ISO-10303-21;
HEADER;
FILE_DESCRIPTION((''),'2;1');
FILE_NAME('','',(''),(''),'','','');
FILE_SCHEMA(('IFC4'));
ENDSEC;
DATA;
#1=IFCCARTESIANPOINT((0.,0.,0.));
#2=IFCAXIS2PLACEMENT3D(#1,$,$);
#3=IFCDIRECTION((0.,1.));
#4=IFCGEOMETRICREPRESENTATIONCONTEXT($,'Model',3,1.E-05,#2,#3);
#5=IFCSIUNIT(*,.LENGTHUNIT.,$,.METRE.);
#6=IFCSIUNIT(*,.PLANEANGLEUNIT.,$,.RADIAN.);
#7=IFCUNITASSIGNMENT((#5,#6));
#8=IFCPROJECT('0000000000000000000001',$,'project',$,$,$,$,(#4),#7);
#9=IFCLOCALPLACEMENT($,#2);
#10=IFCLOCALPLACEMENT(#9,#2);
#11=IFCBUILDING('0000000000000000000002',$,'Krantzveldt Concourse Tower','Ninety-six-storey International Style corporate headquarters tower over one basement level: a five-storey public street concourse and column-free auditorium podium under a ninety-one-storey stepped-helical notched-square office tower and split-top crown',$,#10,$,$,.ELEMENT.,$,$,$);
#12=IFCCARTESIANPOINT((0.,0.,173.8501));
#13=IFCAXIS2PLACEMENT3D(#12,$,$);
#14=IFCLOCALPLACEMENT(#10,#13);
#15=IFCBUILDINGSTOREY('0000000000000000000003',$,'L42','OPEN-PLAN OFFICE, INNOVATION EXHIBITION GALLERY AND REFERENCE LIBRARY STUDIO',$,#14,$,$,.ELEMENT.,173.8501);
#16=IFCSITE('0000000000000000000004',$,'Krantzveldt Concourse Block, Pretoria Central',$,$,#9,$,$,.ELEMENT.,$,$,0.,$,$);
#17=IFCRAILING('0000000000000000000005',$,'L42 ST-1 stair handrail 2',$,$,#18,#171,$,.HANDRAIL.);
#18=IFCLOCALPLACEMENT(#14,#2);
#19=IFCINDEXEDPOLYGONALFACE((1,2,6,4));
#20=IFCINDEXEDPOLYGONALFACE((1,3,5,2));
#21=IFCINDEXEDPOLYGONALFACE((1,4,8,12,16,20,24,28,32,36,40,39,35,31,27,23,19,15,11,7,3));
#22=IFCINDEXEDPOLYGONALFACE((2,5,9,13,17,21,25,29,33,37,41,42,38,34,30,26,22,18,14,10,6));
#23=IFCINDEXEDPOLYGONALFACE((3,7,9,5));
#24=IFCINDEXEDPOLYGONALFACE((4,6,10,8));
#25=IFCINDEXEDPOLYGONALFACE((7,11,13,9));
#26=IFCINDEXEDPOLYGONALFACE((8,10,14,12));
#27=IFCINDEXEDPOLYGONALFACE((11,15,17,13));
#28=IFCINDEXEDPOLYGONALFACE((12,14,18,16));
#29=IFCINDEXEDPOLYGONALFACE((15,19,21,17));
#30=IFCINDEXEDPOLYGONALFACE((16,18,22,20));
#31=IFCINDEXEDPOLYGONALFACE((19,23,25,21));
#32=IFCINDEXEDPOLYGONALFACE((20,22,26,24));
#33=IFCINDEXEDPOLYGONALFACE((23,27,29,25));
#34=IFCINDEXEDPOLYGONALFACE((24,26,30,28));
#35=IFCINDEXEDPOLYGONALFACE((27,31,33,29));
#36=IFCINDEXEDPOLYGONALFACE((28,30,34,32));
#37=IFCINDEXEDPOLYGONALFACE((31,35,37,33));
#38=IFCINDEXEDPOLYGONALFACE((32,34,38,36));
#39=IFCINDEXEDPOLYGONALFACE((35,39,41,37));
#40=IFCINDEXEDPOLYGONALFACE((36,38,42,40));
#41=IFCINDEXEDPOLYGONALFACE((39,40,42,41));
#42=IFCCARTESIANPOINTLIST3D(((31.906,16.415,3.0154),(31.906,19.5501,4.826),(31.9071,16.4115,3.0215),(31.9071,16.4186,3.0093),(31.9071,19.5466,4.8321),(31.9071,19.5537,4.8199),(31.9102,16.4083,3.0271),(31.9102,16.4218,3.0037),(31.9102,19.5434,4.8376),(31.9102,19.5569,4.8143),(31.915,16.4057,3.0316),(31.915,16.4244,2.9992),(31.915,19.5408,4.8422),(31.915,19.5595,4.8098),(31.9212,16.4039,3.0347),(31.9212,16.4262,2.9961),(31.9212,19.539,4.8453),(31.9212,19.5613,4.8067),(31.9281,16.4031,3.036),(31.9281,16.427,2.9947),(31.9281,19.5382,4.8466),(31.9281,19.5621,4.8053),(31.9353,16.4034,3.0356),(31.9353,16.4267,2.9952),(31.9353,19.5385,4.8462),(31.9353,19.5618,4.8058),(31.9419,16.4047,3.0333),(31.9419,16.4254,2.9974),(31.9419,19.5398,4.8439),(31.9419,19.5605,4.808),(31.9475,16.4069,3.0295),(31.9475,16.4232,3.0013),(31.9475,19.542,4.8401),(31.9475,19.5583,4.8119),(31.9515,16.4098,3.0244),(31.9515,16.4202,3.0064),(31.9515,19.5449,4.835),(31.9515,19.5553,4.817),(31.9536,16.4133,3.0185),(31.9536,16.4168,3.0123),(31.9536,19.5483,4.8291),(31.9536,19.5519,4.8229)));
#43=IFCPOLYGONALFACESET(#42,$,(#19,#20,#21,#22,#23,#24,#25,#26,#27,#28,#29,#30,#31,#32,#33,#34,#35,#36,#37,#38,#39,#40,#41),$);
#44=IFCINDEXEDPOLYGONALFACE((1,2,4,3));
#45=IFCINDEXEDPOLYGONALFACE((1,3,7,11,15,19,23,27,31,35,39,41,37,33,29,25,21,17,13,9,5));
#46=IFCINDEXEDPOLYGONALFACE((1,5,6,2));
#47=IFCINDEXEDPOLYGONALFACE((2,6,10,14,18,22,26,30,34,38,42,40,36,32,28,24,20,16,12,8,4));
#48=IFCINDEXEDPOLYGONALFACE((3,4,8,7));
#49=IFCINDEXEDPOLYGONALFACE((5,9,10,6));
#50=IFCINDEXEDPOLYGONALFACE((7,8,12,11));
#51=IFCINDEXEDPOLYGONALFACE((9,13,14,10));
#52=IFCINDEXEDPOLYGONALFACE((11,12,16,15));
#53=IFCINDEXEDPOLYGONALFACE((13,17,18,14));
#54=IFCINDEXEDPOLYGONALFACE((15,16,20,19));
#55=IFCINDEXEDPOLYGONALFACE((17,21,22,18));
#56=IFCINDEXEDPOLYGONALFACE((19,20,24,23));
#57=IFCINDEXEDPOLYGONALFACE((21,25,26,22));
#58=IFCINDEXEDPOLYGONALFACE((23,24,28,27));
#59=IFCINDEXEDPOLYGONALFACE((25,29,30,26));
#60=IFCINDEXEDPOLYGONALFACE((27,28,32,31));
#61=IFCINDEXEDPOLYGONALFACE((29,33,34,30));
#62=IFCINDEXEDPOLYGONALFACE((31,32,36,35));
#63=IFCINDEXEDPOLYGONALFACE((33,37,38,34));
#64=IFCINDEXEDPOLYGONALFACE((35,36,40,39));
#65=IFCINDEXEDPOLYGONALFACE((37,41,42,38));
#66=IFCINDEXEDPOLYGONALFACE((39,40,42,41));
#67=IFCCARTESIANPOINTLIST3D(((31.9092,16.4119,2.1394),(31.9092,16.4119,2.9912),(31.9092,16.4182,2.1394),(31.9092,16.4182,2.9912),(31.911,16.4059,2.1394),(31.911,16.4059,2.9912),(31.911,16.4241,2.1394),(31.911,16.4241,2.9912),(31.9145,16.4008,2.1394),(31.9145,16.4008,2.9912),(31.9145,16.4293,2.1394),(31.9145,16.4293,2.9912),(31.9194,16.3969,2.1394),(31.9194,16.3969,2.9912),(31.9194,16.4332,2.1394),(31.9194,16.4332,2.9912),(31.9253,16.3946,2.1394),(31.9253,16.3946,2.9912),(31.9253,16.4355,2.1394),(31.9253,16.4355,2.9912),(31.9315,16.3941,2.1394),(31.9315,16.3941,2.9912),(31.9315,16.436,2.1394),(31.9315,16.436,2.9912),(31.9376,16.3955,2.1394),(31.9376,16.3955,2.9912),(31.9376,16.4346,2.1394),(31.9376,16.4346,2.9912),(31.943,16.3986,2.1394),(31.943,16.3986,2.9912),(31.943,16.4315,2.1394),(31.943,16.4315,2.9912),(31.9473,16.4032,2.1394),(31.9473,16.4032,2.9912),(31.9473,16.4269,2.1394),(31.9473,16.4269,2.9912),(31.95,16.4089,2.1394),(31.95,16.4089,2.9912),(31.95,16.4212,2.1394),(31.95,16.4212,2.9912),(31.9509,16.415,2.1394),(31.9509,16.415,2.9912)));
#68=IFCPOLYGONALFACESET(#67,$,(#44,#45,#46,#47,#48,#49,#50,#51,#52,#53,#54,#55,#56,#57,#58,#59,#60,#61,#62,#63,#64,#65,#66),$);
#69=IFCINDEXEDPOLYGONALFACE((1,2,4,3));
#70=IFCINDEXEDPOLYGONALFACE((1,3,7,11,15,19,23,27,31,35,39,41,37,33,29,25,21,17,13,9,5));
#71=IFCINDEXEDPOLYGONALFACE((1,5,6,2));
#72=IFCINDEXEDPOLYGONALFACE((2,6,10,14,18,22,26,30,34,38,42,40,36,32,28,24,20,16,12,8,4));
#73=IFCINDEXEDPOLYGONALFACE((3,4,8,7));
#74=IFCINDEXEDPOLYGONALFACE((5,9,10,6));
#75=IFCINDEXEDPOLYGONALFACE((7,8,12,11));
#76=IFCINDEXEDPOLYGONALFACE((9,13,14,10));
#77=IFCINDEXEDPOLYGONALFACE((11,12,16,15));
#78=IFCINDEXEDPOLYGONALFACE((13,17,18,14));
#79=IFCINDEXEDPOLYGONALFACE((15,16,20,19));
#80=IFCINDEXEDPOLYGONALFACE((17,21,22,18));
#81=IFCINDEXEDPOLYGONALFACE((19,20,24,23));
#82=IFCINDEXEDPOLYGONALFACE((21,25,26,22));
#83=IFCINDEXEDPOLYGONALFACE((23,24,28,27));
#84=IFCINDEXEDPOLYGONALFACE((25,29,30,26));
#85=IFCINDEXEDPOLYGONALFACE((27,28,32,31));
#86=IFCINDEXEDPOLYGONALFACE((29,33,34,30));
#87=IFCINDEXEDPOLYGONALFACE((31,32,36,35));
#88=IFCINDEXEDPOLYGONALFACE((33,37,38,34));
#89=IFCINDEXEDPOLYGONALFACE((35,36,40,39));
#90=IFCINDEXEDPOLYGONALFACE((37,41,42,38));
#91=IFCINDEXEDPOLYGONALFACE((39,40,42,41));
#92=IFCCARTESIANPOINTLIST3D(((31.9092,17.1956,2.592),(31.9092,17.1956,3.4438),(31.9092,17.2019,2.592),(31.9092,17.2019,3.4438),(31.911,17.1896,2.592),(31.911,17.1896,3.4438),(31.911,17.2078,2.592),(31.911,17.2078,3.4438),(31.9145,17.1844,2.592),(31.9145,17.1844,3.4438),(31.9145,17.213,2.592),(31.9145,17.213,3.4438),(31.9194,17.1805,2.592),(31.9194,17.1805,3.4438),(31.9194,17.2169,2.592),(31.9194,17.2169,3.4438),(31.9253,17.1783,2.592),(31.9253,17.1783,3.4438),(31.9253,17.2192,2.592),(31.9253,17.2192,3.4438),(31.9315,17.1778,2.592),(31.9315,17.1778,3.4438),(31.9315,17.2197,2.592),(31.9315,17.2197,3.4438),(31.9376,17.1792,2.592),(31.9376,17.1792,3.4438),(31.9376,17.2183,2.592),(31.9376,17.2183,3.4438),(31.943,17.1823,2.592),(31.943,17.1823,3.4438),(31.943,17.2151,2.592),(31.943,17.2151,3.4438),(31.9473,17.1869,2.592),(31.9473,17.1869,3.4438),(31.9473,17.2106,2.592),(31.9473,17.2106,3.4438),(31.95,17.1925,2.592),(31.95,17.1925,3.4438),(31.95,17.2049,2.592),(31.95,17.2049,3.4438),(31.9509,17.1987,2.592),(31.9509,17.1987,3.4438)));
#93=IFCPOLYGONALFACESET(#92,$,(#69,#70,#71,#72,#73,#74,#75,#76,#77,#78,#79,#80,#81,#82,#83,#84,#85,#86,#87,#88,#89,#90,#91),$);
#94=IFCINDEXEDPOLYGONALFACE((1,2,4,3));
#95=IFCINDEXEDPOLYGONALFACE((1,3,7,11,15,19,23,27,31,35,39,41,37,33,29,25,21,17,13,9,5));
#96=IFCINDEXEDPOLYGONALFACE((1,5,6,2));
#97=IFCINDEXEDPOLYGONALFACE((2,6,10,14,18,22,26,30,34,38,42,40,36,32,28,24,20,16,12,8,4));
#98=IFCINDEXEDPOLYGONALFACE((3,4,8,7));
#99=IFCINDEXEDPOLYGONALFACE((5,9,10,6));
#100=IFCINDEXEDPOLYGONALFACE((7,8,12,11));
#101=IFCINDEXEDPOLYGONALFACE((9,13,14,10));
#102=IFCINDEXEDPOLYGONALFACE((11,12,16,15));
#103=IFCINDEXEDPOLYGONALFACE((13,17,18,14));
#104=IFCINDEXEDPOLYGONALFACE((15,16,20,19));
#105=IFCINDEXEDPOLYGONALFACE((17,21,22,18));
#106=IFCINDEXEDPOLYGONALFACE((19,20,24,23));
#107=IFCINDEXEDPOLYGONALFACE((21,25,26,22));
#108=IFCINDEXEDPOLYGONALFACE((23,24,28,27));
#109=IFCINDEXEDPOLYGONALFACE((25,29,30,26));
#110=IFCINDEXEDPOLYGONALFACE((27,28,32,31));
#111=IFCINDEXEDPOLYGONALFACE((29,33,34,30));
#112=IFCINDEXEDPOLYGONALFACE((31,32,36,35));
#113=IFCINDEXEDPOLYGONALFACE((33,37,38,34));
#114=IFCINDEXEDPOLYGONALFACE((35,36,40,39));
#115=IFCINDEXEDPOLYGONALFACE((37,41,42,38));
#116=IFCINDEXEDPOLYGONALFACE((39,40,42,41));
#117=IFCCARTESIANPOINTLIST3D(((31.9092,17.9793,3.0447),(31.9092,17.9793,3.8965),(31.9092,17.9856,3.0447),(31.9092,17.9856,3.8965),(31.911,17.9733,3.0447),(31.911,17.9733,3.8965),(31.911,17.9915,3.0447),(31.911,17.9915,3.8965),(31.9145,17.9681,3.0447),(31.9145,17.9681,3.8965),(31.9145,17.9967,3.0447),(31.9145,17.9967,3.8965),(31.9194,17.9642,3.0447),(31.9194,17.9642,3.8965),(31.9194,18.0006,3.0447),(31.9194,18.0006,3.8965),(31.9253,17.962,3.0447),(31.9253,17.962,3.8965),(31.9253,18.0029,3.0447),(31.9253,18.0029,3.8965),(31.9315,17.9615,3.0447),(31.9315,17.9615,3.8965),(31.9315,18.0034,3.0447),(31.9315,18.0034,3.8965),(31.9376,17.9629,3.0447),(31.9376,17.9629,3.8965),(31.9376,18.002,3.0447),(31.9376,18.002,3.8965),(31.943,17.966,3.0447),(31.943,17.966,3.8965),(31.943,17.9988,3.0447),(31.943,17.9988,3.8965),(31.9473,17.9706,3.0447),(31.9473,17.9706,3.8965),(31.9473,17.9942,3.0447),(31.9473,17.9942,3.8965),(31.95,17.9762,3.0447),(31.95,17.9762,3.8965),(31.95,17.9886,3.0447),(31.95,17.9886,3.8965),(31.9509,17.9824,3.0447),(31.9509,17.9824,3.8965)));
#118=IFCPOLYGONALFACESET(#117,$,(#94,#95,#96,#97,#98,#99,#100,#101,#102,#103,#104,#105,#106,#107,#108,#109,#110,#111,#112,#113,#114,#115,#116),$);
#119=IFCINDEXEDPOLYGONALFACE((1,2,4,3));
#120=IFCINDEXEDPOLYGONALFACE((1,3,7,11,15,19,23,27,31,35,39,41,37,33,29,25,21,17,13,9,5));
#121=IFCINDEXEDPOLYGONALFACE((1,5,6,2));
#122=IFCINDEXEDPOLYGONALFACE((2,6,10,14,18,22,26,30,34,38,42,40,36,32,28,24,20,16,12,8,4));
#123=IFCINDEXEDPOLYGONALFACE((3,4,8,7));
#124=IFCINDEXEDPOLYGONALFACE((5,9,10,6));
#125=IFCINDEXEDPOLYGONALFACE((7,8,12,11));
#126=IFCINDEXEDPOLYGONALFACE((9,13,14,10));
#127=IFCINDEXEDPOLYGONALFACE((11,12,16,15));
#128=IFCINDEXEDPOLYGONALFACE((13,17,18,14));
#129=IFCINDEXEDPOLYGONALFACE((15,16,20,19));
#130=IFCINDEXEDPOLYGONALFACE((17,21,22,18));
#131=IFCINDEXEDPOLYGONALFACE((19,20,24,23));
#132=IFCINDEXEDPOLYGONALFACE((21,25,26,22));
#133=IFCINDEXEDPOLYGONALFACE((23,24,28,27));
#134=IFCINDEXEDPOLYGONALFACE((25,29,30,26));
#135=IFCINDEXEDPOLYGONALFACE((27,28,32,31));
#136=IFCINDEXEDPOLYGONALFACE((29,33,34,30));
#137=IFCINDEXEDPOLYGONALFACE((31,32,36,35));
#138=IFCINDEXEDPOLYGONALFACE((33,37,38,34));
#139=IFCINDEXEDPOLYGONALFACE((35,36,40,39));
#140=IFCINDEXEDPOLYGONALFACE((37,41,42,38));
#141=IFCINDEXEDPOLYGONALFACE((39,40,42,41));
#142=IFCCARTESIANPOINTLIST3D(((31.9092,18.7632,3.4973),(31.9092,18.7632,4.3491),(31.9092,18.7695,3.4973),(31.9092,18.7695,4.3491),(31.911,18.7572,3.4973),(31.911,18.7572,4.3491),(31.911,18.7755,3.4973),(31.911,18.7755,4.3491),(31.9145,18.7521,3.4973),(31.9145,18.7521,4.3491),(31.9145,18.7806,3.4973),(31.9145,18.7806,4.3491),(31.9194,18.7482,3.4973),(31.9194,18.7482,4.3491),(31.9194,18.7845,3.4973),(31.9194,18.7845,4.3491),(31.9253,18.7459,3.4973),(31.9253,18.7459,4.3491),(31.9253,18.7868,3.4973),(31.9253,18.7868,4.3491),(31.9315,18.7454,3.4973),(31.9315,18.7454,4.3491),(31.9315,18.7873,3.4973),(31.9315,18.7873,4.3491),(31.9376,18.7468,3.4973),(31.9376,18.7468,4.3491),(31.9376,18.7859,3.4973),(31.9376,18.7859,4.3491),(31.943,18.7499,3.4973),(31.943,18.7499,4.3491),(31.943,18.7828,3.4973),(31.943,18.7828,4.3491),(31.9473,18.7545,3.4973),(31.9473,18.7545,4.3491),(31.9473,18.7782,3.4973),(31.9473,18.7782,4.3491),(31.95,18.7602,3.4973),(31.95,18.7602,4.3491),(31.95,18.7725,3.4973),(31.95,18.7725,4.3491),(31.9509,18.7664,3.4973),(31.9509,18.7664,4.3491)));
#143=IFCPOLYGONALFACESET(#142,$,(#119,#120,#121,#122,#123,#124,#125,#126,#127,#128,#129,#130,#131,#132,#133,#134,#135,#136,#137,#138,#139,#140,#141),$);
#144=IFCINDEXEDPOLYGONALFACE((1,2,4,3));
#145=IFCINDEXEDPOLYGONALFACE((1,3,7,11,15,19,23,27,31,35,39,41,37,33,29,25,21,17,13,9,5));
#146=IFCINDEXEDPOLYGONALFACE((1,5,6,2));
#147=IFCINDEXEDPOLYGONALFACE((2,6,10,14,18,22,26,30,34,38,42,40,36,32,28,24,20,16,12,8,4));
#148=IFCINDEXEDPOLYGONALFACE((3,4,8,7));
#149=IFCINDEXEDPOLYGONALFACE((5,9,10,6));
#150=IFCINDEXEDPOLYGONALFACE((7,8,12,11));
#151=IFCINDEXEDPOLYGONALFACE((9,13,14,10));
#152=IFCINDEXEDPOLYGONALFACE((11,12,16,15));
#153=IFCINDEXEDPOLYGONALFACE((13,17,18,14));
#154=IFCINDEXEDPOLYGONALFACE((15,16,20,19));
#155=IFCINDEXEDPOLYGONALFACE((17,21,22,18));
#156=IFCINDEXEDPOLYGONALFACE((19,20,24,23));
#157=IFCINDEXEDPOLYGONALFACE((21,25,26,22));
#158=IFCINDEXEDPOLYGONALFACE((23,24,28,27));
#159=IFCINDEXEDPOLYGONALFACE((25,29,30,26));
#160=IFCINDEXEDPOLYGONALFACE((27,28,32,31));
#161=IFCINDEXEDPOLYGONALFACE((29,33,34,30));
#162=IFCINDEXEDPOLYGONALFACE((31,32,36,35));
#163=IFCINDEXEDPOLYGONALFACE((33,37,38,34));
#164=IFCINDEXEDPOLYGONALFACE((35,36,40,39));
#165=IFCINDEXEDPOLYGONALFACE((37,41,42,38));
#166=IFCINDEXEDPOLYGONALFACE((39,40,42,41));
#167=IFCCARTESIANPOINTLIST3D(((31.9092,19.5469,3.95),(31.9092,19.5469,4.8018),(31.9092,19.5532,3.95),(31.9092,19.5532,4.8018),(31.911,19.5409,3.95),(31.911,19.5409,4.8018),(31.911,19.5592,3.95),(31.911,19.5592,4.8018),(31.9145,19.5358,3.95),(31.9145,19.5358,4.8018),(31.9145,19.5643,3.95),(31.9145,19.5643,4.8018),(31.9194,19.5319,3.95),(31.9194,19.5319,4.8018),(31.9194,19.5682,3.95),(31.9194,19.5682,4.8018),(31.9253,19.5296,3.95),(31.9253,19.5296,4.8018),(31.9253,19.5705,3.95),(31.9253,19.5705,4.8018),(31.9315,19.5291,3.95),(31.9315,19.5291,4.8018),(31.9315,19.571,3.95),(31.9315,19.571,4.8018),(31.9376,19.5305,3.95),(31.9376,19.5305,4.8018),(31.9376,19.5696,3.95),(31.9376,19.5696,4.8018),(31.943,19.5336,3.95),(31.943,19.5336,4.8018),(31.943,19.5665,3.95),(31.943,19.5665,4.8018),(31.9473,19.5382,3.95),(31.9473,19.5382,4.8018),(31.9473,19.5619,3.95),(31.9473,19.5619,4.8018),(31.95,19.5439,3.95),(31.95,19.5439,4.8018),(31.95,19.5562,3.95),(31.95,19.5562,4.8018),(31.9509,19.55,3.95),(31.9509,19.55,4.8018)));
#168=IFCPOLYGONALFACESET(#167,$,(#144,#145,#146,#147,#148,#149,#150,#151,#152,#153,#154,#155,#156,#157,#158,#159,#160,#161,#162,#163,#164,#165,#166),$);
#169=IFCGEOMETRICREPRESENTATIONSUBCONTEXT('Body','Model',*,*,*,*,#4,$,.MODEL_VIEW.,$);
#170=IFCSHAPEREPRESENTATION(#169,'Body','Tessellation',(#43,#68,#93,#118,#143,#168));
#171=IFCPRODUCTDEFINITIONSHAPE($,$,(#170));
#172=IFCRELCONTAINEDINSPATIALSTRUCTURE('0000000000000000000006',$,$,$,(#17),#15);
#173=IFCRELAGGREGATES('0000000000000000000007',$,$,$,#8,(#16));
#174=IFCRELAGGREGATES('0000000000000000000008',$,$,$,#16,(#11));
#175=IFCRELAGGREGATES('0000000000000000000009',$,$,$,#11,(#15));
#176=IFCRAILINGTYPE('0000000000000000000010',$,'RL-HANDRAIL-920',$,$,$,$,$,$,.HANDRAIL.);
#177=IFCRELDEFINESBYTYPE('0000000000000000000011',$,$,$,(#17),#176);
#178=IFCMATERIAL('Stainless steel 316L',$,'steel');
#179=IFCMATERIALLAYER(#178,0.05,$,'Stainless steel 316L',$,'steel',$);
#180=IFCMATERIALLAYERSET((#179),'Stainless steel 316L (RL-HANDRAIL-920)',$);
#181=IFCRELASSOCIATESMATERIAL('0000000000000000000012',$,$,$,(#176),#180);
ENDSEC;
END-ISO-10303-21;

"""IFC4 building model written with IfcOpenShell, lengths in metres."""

from ifc_helpers import new_model, si_unit, direction, frame, origin, origin_2d, place, context, subcontext, project, spatial, circle, extrude, material, layer, layer_set, type_object, element, save


model = new_model("IFC4")

# Units and contexts
model_context = context("Model", 3, precision=1e-05, world=origin(), true_north=direction((0.0, 1.0)))
body_context = subcontext(model_context, "Body", "Model", "MODEL_VIEW")
ifc_project = project(units=[si_unit("LENGTHUNIT", "METRE"), si_unit("PLANEANGLEUNIT", "RADIAN")], contexts=[model_context])

# Site, building, storey
site_placement = place(None, origin())
site = spatial("IfcSite", under=ifc_project, at=site_placement, Name="Krantzveldt Concourse Block, Pretoria Central", CompositionType="ELEMENT", RefElevation=0.0)
building_placement = place(site_placement, origin())
building = spatial("IfcBuilding", under=site, at=building_placement, Name="Krantzveldt Concourse Tower", Description="Ninety-six-storey International Style corporate headquarters tower over one basement level: a five-storey public street concourse and column-free auditorium podium under a ninety-one-storey stepped-helical notched-square office tower and split-top crown", CompositionType="ELEMENT")
storey_placement = place(building_placement, frame((0.0, 0.0, 173.8501)))
storey = spatial("IfcBuildingStorey", under=building, at=storey_placement, Name="L42", Description="OPEN-PLAN OFFICE, INNOVATION EXHIBITION GALLERY AND REFERENCE LIBRARY STUDIO", CompositionType="ELEMENT", Elevation=173.8501)

# Shared definitions
ifc_material_1 = material(Name="Stainless steel 316L", Category="steel")

# Railing
ifc_layer_1 = layer(ifc_material_1, 0.05, Name="Stainless steel 316L", Category="steel")
ifc_layer_set_1 = layer_set([ifc_layer_1], Name="Stainless steel 316L (RL-HANDRAIL-920)")
railing_type_1 = type_object("IfcRailingType", Name="RL-HANDRAIL-920", PredefinedType="HANDRAIL", material=ifc_layer_set_1)
railing_1_placement = place(storey_placement, frame((31.9299, 16.415, 2.1394)))
element("IfcRailing", 1, at=railing_1_placement, inside=storey, type_object=railing_type_1, Name="L42 ST-1 stair handrail 2", PredefinedType="HANDRAIL", context=body_context, shape_type="SweptSolid", body=[
    extrude(circle(Radius=0.0239, at=origin_2d()), frame((0.0, 0.0, 0.876), z_axis=(0.0, 0.86596, 0.500114), x_axis=(-1.0, 0.0, 0.0)), (0.0, 0.0, 1.0), 3.6204),
    extrude(circle(Radius=0.021, at=origin_2d()), origin(), (0.0, 0.0, 1.0), 0.8518),
    extrude(circle(Radius=0.021, at=origin_2d()), frame((0.0, 0.7837, 0.4526)), (0.0, 0.0, 1.0), 0.8518),
    extrude(circle(Radius=0.021, at=origin_2d()), frame((0.0, 1.5674, 0.9053)), (0.0, 0.0, 1.0), 0.8518),
    extrude(circle(Radius=0.021, at=origin_2d()), frame((0.0, 2.3513, 1.3579)), (0.0, 0.0, 1.0), 0.8518),
    extrude(circle(Radius=0.021, at=origin_2d()), frame((0.0, 3.135, 1.8105)), (0.0, 0.0, 1.0), 0.8518),
])

save(model, "model.ifc")
